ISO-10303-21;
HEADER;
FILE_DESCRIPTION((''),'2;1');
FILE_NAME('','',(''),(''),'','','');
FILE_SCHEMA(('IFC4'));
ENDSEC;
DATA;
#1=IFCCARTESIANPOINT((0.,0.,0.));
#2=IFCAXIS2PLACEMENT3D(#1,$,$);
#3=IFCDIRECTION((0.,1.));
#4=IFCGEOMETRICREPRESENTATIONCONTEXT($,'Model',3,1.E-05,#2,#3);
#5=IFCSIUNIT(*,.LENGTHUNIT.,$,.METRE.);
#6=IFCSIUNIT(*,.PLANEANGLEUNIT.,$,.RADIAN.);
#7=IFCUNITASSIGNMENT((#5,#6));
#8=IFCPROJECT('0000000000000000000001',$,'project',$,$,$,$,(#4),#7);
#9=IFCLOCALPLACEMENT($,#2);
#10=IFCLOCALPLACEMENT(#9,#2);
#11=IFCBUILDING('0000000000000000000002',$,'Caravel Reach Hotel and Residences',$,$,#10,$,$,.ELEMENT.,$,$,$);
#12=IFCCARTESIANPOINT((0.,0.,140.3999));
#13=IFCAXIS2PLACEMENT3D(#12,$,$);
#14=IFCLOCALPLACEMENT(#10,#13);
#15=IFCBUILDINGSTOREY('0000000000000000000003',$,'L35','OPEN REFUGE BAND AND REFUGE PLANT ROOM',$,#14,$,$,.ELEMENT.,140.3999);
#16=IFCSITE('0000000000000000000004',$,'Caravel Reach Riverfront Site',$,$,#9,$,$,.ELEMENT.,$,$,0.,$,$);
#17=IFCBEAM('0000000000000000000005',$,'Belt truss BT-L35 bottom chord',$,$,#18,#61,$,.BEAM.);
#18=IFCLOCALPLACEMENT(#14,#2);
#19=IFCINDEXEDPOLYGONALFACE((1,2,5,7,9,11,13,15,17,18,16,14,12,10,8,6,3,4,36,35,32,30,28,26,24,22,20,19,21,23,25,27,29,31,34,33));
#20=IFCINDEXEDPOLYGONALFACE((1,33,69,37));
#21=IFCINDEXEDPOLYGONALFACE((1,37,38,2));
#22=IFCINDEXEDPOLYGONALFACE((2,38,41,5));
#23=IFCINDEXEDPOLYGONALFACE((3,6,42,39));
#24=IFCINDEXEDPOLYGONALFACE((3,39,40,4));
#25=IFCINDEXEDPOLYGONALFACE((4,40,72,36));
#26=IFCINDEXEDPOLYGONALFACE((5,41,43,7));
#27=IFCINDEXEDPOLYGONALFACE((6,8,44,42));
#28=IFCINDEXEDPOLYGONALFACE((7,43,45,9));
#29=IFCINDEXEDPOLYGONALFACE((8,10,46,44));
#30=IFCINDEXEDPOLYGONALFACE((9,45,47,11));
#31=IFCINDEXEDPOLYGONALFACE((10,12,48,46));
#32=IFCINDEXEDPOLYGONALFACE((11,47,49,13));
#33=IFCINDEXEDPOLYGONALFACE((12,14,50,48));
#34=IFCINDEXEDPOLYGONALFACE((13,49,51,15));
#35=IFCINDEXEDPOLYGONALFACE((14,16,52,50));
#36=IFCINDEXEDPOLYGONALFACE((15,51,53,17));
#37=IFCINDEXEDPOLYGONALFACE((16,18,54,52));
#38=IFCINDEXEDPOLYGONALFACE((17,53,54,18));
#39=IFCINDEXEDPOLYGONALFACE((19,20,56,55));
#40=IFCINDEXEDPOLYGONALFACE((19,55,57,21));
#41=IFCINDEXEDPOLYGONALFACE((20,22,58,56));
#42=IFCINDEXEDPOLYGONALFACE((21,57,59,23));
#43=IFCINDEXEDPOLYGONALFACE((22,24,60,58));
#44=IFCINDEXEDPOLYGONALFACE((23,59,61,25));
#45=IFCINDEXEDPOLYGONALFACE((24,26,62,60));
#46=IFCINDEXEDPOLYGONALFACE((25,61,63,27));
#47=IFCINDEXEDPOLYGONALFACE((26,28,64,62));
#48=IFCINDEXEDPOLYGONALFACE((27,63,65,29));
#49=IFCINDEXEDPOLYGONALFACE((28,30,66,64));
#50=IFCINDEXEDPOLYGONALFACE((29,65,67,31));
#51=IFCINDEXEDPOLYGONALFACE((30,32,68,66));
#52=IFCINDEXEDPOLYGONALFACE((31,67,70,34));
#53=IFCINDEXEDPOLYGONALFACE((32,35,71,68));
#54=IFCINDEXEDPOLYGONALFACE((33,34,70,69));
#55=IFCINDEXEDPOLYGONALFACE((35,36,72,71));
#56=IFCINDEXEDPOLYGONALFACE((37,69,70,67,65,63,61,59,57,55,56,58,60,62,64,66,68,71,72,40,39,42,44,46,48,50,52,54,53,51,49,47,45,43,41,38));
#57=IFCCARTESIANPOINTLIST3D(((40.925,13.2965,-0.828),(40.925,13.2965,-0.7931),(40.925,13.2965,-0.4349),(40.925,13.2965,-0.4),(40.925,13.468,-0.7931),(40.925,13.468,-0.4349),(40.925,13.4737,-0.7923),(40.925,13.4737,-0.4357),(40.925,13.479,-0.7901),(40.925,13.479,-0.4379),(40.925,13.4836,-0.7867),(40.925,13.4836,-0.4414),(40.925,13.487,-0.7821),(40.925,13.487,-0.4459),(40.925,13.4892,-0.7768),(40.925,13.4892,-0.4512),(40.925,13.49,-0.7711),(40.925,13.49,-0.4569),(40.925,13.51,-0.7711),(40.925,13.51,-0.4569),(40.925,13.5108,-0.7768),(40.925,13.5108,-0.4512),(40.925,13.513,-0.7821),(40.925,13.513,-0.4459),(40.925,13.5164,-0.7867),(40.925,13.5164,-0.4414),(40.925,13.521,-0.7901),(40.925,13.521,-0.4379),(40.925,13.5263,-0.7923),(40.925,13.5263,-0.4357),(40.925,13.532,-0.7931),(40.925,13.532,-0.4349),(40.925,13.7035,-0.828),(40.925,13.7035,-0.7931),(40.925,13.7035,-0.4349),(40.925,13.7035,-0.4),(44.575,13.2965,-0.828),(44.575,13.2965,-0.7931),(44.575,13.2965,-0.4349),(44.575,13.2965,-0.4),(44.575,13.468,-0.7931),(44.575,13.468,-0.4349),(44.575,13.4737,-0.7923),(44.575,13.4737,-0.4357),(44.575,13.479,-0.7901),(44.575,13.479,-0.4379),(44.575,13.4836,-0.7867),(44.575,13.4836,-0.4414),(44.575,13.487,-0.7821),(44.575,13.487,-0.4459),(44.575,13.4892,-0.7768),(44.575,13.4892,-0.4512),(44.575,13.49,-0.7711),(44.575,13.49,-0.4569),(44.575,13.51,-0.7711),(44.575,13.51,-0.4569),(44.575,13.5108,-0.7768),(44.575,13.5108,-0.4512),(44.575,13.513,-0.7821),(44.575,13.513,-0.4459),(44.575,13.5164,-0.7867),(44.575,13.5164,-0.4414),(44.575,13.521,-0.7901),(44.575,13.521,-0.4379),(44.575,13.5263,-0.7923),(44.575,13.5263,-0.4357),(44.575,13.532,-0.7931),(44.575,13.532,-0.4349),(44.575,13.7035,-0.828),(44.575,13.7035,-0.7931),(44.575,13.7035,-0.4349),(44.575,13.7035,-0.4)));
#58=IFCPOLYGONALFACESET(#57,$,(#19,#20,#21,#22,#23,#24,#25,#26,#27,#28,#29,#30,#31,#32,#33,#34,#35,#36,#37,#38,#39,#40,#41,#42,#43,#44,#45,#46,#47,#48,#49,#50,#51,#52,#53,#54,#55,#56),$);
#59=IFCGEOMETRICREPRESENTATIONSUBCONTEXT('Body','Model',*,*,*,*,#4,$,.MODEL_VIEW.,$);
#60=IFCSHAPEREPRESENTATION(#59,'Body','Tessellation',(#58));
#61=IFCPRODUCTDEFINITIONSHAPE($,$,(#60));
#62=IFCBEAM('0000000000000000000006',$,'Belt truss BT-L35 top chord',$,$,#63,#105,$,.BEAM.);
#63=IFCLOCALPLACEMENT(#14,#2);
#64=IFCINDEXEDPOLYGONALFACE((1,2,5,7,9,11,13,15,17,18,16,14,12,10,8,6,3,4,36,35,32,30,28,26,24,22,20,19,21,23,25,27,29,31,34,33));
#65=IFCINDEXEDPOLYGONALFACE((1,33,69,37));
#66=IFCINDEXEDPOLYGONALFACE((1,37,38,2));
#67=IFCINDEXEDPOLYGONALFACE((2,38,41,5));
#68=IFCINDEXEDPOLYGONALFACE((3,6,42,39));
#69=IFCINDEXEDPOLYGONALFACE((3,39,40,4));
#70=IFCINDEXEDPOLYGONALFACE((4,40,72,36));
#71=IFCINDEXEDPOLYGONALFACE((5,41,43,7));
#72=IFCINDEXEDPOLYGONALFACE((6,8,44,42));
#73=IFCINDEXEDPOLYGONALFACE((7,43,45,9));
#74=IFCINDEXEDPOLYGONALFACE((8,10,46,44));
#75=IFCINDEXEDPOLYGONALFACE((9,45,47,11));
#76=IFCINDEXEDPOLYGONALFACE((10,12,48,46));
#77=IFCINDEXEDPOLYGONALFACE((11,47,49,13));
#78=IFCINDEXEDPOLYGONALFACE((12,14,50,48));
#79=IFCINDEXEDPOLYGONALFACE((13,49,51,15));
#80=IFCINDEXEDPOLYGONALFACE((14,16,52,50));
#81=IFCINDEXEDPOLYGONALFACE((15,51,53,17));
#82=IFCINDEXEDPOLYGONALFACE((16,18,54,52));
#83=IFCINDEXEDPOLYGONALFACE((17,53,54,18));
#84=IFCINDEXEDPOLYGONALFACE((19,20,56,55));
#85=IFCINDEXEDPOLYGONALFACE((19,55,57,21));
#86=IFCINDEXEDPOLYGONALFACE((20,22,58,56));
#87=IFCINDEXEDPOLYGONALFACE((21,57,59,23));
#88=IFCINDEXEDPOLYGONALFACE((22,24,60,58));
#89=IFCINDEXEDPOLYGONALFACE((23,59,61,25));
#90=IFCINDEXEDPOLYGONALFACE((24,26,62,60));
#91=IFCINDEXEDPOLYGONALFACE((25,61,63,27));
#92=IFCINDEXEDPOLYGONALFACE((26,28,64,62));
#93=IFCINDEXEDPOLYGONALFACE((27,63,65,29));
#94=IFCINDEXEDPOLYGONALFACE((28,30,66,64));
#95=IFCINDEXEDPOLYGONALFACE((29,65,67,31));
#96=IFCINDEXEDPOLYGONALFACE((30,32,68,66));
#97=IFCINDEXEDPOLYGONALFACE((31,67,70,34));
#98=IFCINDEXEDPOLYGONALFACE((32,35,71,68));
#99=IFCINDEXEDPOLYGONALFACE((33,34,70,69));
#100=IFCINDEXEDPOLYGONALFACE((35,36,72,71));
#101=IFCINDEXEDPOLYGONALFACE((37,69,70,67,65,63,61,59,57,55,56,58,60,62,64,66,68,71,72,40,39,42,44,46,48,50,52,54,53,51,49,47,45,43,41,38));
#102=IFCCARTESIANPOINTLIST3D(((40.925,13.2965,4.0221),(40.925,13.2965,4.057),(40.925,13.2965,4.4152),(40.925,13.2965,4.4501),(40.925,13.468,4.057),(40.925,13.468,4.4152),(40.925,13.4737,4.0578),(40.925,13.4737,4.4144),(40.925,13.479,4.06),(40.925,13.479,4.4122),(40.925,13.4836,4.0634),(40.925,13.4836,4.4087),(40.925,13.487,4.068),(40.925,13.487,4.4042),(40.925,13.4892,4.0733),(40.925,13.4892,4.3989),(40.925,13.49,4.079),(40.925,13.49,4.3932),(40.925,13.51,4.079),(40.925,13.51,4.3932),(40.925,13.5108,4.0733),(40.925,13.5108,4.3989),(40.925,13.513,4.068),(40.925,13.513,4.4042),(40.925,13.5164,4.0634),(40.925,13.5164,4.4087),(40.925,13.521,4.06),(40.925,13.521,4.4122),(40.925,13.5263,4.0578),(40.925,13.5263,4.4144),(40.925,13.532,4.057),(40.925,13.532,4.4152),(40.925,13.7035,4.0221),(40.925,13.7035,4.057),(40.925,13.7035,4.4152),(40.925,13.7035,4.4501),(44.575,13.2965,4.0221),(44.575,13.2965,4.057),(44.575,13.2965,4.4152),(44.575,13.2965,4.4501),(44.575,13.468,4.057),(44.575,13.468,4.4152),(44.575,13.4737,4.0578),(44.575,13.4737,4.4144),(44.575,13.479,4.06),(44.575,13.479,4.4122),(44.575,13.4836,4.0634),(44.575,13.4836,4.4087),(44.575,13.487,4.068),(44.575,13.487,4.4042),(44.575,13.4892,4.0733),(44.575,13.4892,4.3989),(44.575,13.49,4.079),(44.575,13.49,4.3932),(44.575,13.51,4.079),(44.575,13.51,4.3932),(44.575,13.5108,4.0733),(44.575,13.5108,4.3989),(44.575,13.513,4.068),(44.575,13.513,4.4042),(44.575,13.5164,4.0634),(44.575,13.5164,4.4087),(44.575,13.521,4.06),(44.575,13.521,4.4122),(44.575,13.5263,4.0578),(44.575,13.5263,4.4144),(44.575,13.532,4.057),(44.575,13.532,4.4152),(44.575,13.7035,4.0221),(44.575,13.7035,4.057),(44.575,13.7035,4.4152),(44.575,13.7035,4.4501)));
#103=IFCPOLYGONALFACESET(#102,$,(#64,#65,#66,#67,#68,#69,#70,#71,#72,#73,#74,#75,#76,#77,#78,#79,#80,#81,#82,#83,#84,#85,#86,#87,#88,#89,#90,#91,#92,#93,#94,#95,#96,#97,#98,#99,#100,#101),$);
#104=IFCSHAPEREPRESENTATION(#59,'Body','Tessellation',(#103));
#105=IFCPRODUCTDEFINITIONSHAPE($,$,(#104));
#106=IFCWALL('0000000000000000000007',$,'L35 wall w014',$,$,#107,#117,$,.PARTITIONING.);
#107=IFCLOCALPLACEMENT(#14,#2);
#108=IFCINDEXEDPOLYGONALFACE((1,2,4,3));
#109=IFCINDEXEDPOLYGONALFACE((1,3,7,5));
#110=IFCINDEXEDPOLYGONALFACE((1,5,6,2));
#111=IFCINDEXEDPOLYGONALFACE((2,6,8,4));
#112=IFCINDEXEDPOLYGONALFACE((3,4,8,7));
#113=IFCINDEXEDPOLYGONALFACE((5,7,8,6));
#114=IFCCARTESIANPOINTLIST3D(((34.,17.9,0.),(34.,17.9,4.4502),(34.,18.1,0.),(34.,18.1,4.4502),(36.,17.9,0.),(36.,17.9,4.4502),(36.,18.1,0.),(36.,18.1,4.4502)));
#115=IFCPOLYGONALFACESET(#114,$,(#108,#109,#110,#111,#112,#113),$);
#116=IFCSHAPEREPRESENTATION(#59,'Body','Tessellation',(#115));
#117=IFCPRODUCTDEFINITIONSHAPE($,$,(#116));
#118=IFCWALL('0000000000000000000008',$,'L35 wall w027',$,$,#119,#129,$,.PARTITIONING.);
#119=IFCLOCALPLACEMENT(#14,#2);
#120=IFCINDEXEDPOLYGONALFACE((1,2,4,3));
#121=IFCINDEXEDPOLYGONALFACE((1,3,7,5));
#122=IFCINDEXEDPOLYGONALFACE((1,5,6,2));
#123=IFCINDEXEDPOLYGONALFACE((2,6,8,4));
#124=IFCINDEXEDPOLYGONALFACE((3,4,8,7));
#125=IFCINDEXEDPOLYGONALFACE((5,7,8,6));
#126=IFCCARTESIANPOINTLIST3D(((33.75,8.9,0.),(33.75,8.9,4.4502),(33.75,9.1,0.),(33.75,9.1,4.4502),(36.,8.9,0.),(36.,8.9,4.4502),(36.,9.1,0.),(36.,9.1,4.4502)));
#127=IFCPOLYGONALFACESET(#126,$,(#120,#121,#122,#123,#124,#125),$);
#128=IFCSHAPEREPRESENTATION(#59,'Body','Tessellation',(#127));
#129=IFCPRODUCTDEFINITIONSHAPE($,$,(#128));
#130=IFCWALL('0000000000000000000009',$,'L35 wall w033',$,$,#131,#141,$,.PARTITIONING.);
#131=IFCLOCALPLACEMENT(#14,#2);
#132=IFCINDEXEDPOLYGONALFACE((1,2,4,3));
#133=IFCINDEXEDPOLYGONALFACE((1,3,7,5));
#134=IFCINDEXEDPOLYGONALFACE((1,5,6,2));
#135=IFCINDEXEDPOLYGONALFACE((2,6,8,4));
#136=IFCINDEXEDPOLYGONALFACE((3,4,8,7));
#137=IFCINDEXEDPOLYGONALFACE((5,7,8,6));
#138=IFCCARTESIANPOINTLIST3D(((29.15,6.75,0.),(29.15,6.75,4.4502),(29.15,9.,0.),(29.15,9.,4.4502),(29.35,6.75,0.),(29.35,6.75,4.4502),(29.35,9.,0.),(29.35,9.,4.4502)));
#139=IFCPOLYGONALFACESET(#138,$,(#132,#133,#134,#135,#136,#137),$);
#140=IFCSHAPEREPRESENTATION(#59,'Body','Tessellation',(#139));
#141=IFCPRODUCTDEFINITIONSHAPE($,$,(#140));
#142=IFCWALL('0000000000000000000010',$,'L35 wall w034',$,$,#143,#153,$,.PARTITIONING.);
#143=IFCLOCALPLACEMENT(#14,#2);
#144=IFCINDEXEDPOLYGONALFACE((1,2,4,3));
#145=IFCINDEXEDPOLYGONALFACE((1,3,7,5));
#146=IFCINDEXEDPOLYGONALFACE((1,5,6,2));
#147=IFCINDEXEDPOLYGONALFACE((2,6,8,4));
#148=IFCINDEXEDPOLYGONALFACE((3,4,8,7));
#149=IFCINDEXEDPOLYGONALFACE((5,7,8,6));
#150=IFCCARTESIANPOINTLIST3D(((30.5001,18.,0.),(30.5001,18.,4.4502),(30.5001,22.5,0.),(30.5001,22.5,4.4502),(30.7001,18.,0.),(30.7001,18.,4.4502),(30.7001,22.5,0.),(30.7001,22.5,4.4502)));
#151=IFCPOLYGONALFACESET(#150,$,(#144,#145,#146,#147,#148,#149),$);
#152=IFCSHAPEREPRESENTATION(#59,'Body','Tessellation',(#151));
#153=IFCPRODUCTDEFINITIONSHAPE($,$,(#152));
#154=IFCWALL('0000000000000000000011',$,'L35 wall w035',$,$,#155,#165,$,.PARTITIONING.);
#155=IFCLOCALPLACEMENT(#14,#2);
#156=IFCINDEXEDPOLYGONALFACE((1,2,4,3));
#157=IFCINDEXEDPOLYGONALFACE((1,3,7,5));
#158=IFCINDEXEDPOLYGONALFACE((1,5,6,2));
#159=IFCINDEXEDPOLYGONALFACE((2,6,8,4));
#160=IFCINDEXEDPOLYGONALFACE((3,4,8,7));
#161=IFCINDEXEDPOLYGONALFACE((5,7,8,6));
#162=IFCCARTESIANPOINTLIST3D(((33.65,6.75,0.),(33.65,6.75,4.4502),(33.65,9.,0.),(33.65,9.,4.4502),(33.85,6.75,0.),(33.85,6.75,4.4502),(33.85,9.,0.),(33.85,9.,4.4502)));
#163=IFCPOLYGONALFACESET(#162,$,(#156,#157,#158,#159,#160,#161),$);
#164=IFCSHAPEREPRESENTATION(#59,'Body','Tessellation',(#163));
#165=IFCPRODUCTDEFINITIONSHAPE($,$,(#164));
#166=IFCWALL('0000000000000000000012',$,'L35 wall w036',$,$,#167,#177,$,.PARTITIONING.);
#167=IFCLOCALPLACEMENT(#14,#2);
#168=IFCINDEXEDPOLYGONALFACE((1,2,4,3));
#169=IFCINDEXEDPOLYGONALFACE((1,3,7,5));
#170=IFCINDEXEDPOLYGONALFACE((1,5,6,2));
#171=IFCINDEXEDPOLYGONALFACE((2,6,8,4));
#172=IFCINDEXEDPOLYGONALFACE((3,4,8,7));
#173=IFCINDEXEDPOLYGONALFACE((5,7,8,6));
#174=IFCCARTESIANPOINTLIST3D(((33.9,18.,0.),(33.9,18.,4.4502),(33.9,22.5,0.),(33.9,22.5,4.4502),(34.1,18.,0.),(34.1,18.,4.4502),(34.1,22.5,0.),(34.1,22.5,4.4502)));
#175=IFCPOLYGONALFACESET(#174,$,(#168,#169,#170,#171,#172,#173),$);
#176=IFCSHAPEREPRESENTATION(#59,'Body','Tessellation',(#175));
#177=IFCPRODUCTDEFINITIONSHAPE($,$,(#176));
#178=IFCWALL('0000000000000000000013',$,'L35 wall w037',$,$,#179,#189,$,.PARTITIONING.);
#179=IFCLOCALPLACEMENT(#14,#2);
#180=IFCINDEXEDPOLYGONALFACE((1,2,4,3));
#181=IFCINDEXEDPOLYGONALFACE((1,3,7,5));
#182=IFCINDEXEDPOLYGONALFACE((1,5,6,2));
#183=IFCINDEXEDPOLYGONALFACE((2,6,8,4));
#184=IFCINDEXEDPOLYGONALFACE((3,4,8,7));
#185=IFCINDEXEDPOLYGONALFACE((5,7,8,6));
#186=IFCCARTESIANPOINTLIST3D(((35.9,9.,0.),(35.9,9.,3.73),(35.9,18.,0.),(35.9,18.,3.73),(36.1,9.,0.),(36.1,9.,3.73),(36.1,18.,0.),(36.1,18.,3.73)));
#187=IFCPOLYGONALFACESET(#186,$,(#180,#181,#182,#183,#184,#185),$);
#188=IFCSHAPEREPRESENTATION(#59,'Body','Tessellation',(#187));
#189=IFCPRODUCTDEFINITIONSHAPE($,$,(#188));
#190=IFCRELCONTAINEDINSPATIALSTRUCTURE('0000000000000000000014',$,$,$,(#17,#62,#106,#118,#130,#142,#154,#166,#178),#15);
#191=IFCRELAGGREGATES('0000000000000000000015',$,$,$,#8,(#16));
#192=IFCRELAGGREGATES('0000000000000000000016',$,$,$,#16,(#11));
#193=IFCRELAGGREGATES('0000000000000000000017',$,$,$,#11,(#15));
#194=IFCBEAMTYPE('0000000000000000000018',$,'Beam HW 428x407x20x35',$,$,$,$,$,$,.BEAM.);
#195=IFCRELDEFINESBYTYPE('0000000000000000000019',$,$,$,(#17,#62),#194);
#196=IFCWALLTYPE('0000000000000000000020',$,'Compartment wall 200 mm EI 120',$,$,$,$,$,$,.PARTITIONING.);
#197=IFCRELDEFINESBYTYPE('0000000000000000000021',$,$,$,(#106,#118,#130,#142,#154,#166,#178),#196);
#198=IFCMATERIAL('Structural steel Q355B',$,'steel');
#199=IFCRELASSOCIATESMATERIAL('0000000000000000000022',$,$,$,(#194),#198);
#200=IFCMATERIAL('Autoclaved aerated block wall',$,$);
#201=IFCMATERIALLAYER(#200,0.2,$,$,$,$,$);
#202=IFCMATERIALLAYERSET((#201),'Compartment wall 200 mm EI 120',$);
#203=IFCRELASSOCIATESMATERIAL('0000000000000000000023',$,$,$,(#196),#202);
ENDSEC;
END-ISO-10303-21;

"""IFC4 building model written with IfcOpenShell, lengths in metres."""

from ifc_helpers import new_model, si_unit, direction, frame, frame_2d, origin, origin_2d, place, context, subcontext, project, spatial, rectangle, i_section, extrude, material, layer, layer_set, material_profile, profile_set, type_object, element, save


model = new_model("IFC4")

# Units and contexts
model_context = context("Model", 3, precision=1e-05, world=origin(), true_north=direction((0.0, 1.0)))
body_context = subcontext(model_context, "Body", "Model", "MODEL_VIEW")
ifc_project = project(units=[si_unit("LENGTHUNIT", "METRE"), si_unit("PLANEANGLEUNIT", "RADIAN")], contexts=[model_context])

# Site, building, storey
site_placement = place(None, origin())
site = spatial("IfcSite", under=ifc_project, at=site_placement, Name="Caravel Reach Riverfront Site", CompositionType="ELEMENT", RefElevation=0.0)
building_placement = place(site_placement, origin())
building = spatial("IfcBuilding", under=site, at=building_placement, Name="Caravel Reach Hotel and Residences", CompositionType="ELEMENT")
storey_placement = place(building_placement, frame((0.0, 0.0, 140.3999)))
storey = spatial("IfcBuildingStorey", under=building, at=storey_placement, Name="L35", Description="OPEN REFUGE BAND AND REFUGE PLANT ROOM", CompositionType="ELEMENT", Elevation=140.3999)

# Beams
ifc_material_1 = material(Name="Structural steel Q355B", Category="steel")
ifc_material_profile_1 = material_profile(ifc_material_1, i_section(OverallWidth=0.407, OverallDepth=0.428, WebThickness=0.02, FlangeThickness=0.0349, FilletRadius=0.022, at=origin_2d()), Name="HW 428x407x20x35")
ifc_profile_set_1 = profile_set([ifc_material_profile_1], Name="Structural steel Q355B")
beam_type_1 = type_object("IfcBeamType", Name="Beam HW 428x407x20x35", PredefinedType="BEAM", material=ifc_profile_set_1)
for number, where, z_axis, x_axis, name in (
    (1, (40.925, 13.5, -0.614), (1.0, 0.0, 0.0), (0.0, 1.0, 0.0), "Belt truss BT-L35 bottom chord"),
    (2, (40.925, 13.5, 4.2361), (1.0, 0.0, 0.0), (0.0, 1.0, 0.0), "Belt truss BT-L35 top chord"),
):
    element("IfcBeam", number, at=place(storey_placement, frame(where, z_axis=z_axis, x_axis=x_axis)), inside=storey, type_object=beam_type_1, Name=name, PredefinedType="BEAM", context=body_context, shape_type="SweptSolid", body=[
        extrude(i_section(OverallWidth=0.407, OverallDepth=0.428, WebThickness=0.02, FlangeThickness=0.0349, FilletRadius=0.022, at=origin_2d()), origin(), (0.0, 0.0, 1.0), 3.6499),
    ])

# Walls
ifc_material_2 = material(Name="Autoclaved aerated block wall")
ifc_layer_1 = layer(ifc_material_2, 0.2)
ifc_layer_set_1 = layer_set([ifc_layer_1], Name="Compartment wall 200 mm EI 120")
wall_type_1 = type_object("IfcWallType", Name="Compartment wall 200 mm EI 120", PredefinedType="PARTITIONING", material=ifc_layer_set_1)
wall_1_placement = place(storey_placement, frame((34.0, 18.0, 0.0), z_axis=(0.0, 0.0, 1.0), x_axis=(1.0, 0.0, 0.0)))
element("IfcWall", 3, at=wall_1_placement, inside=storey, type_object=wall_type_1, Name="L35 wall w014", PredefinedType="PARTITIONING", context=body_context, shape_type="SweptSolid", body=[
    extrude(rectangle(XDim=2.0, YDim=0.2, at=frame_2d((1.0, 0.0))), origin(), (0.0, 0.0, 1.0), 4.4502),
])
for number, where, z_axis, x_axis, name in (
    (4, (33.75, 9.0, 0.0), (0.0, 0.0, 1.0), (1.0, 0.0, 0.0), "L35 wall w027"),
    (5, (29.25, 6.75, 0.0), (0.0, 0.0, 1.0), (0.0, 1.0, 0.0), "L35 wall w033"),
):
    element("IfcWall", number, at=place(storey_placement, frame(where, z_axis=z_axis, x_axis=x_axis)), inside=storey, type_object=wall_type_1, Name=name, PredefinedType="PARTITIONING", context=body_context, shape_type="SweptSolid", body=[
        extrude(rectangle(XDim=2.25, YDim=0.2, at=frame_2d((1.125, 0.0))), origin(), (0.0, 0.0, 1.0), 4.4502),
    ])
wall_2_placement = place(storey_placement, frame((30.6001, 18.0, 0.0), z_axis=(0.0, 0.0, 1.0), x_axis=(0.0, 1.0, 0.0)))
element("IfcWall", 6, at=wall_2_placement, inside=storey, type_object=wall_type_1, Name="L35 wall w034", PredefinedType="PARTITIONING", context=body_context, shape_type="SweptSolid", body=[
    extrude(rectangle(XDim=4.5, YDim=0.2, at=frame_2d((2.25, 0.0))), origin(), (0.0, 0.0, 1.0), 4.4502),
])
wall_3_placement = place(storey_placement, frame((33.75, 6.75, 0.0), z_axis=(0.0, 0.0, 1.0), x_axis=(0.0, 1.0, 0.0)))
element("IfcWall", 7, at=wall_3_placement, inside=storey, type_object=wall_type_1, Name="L35 wall w035", PredefinedType="PARTITIONING", context=body_context, shape_type="SweptSolid", body=[
    extrude(rectangle(XDim=2.25, YDim=0.2, at=frame_2d((1.125, 0.0))), origin(), (0.0, 0.0, 1.0), 4.4502),
])
wall_4_placement = place(storey_placement, frame((34.0, 18.0, 0.0), z_axis=(0.0, 0.0, 1.0), x_axis=(0.0, 1.0, 0.0)))
element("IfcWall", 8, at=wall_4_placement, inside=storey, type_object=wall_type_1, Name="L35 wall w036", PredefinedType="PARTITIONING", context=body_context, shape_type="SweptSolid", body=[
    extrude(rectangle(XDim=4.5, YDim=0.2, at=frame_2d((2.25, 0.0))), origin(), (0.0, 0.0, 1.0), 4.4502),
])
wall_5_placement = place(storey_placement, frame((36.0, 9.0, 0.0), z_axis=(0.0, 0.0, 1.0), x_axis=(0.0, 1.0, 0.0)))
element("IfcWall", 9, at=wall_5_placement, inside=storey, type_object=wall_type_1, Name="L35 wall w037", PredefinedType="PARTITIONING", context=body_context, shape_type="SweptSolid", body=[
    extrude(rectangle(XDim=9.0, YDim=0.2, at=frame_2d((4.5, 0.0))), origin(), (0.0, 0.0, 1.0), 3.73),
])

save(model, "model.ifc")
